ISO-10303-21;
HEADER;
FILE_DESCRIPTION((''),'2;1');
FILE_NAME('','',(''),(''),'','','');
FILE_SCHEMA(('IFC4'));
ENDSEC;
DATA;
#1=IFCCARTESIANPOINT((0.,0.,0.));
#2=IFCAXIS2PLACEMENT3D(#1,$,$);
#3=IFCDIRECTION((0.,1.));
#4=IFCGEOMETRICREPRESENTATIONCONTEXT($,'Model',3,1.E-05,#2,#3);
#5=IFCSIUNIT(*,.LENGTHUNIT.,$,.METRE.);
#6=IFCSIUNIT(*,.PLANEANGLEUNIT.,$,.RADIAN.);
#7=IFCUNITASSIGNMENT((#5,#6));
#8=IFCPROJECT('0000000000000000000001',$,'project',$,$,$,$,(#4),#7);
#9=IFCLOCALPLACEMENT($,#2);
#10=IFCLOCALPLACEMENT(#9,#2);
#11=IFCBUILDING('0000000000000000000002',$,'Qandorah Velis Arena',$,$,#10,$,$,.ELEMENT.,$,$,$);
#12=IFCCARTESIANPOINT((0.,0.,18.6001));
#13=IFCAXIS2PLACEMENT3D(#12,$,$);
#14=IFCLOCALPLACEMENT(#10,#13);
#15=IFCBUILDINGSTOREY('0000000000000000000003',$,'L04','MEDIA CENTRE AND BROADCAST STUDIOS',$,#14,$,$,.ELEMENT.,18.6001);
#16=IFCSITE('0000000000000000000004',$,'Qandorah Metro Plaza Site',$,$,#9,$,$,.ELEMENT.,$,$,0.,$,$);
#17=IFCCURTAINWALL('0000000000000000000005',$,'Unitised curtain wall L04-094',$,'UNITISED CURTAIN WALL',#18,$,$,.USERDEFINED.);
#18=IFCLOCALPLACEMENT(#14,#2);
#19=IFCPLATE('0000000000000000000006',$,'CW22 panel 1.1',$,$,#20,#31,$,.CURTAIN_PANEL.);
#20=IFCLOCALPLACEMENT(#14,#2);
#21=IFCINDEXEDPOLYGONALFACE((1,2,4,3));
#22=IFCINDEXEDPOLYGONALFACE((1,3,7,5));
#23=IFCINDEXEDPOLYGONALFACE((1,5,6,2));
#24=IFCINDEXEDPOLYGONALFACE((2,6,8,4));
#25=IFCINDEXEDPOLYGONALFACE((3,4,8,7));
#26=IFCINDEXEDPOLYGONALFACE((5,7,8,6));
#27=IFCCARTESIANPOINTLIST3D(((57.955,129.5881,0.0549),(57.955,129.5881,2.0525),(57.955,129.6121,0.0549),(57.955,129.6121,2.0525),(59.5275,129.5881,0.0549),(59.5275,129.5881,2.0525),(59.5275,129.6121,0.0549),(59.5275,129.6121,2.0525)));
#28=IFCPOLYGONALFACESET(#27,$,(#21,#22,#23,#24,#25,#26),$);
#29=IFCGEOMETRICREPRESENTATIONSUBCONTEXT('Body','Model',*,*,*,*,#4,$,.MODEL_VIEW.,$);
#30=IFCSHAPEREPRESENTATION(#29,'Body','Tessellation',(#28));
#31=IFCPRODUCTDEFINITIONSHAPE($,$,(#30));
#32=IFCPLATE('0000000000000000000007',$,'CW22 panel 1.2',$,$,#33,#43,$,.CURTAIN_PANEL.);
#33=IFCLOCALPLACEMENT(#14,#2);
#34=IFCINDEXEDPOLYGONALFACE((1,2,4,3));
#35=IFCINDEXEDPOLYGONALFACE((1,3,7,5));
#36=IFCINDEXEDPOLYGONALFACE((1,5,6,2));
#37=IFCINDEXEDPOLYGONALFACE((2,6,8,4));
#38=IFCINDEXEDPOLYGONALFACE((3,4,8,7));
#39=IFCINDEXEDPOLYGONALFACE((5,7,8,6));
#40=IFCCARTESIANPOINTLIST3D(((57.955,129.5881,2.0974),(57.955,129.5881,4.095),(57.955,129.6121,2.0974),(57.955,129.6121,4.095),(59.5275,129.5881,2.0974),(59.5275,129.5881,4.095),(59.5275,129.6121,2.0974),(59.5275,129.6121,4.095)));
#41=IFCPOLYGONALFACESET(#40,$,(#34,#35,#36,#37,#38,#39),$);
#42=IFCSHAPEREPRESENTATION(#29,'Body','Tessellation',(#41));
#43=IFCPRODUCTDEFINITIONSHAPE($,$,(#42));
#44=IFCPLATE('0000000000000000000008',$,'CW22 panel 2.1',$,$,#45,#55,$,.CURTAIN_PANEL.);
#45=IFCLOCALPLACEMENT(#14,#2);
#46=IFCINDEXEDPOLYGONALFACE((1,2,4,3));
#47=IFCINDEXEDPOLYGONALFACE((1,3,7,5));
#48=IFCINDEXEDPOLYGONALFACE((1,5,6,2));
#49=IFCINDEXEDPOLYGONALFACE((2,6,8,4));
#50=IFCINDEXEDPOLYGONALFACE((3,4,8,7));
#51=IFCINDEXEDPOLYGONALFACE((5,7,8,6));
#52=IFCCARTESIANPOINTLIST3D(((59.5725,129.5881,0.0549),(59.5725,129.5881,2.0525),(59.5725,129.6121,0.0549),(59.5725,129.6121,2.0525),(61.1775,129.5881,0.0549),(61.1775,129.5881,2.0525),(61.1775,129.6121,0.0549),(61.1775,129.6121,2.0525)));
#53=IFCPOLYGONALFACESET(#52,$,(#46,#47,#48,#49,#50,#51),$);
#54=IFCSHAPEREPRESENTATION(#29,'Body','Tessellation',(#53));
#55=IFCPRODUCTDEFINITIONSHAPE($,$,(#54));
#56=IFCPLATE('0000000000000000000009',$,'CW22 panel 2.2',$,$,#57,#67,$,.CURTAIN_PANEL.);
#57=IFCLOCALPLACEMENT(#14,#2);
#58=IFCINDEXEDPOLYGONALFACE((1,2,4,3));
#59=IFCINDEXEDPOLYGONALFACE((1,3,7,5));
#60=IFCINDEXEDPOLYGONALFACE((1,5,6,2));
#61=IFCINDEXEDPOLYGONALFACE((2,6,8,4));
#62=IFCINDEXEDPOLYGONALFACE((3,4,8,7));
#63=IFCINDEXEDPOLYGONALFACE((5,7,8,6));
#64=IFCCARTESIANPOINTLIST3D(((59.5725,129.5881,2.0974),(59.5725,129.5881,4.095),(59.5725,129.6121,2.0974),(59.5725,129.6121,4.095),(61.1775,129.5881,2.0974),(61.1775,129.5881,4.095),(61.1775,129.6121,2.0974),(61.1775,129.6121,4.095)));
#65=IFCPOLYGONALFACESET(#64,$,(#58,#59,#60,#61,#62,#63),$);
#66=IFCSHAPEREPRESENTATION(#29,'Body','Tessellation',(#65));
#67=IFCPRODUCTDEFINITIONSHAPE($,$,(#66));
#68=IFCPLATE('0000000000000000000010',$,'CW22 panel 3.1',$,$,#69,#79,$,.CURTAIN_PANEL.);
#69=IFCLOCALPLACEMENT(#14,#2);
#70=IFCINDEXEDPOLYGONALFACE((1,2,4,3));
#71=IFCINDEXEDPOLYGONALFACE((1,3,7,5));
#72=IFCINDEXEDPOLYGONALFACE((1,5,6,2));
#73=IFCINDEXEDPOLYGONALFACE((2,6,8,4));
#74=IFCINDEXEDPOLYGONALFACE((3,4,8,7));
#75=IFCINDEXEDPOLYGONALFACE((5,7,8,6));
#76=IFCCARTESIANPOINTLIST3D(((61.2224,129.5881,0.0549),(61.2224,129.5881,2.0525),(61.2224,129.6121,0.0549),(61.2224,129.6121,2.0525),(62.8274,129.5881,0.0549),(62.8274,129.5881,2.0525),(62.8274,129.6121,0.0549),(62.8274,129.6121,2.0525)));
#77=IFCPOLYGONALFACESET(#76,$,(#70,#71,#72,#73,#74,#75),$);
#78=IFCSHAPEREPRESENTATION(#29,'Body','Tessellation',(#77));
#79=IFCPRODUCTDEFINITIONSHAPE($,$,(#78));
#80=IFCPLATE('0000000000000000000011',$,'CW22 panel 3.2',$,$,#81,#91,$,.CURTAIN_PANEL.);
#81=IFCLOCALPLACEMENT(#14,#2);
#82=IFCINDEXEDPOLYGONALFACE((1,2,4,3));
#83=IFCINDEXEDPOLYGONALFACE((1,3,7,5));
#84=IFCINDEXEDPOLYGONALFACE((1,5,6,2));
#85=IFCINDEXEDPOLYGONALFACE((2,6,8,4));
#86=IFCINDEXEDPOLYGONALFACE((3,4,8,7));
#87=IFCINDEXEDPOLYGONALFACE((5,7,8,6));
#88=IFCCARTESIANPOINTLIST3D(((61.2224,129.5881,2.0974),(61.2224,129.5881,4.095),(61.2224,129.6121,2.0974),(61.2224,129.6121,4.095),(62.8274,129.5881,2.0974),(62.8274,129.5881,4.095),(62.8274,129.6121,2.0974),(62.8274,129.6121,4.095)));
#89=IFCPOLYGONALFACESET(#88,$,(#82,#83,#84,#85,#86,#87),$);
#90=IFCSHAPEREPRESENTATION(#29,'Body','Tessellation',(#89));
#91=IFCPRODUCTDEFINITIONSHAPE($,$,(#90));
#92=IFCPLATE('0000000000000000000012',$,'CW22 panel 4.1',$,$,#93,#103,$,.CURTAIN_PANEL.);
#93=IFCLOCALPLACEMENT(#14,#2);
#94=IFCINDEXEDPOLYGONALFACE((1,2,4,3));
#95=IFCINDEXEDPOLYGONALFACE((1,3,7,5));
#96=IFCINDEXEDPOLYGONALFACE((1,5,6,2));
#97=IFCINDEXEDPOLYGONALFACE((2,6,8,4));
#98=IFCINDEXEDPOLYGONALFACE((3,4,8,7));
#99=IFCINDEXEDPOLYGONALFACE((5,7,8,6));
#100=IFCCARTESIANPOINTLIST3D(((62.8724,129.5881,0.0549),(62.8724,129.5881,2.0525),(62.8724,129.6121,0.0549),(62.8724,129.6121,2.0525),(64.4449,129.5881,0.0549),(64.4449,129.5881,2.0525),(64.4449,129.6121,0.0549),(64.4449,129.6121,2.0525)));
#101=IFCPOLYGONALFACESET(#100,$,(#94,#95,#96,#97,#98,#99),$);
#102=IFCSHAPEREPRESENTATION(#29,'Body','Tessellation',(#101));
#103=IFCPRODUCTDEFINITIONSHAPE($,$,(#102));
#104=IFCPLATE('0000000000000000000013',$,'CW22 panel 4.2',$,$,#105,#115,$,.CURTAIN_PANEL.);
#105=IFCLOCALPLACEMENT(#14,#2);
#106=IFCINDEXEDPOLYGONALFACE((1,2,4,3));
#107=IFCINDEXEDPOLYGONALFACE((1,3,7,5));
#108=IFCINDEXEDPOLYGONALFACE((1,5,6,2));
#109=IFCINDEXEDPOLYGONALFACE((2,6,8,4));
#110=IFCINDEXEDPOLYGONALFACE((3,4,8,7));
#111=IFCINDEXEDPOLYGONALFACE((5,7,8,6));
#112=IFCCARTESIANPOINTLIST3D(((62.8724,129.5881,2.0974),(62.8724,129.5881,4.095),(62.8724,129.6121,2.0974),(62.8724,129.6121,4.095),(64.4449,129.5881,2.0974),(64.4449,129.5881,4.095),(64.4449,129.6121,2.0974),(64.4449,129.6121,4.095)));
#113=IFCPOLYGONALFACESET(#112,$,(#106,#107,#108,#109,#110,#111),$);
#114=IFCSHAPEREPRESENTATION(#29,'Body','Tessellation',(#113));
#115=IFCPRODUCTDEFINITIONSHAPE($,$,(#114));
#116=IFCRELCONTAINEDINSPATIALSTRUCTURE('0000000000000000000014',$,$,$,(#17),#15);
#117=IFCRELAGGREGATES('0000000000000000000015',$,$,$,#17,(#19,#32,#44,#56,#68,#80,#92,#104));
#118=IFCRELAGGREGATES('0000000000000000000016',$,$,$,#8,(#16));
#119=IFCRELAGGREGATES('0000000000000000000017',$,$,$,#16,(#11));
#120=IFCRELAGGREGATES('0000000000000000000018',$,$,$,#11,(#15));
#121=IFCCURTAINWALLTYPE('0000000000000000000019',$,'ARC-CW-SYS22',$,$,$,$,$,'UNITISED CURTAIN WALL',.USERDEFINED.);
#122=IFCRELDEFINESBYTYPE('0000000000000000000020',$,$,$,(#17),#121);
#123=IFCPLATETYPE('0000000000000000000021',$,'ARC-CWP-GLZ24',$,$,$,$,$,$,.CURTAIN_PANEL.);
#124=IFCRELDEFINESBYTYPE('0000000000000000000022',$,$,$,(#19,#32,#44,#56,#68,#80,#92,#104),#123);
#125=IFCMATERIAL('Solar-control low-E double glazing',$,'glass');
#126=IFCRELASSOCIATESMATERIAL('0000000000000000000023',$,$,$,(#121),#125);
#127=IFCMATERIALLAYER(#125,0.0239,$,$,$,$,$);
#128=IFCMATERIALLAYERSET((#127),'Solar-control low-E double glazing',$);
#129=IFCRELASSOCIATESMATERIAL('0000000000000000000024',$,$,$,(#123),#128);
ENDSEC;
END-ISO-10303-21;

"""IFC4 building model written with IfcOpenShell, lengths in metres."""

from ifc_helpers import new_model, si_unit, direction, frame, origin, origin_2d, place, context, subcontext, project, spatial, rectangle, extrude, material, layer, layer_set, type_object, element, aggregate, save


model = new_model("IFC4")

# Units and contexts
model_context = context("Model", 3, precision=1e-05, world=origin(), true_north=direction((0.0, 1.0)))
body_context = subcontext(model_context, "Body", "Model", "MODEL_VIEW")
ifc_project = project(units=[si_unit("LENGTHUNIT", "METRE"), si_unit("PLANEANGLEUNIT", "RADIAN")], contexts=[model_context])

# Site, building, storey
site_placement = place(None, origin())
site = spatial("IfcSite", under=ifc_project, at=site_placement, Name="Qandorah Metro Plaza Site", CompositionType="ELEMENT", RefElevation=0.0)
building_placement = place(site_placement, origin())
building = spatial("IfcBuilding", under=site, at=building_placement, Name="Qandorah Velis Arena", CompositionType="ELEMENT")
storey_placement = place(building_placement, frame((0.0, 0.0, 18.6001)))
storey = spatial("IfcBuildingStorey", under=building, at=storey_placement, Name="L04", Description="MEDIA CENTRE AND BROADCAST STUDIOS", CompositionType="ELEMENT", Elevation=18.6001)

# Shared definitions
ifc_material_1 = material(Name="Solar-control low-E double glazing", Category="glass")

# Curtain wall
curtain_wall_type_1 = type_object("IfcCurtainWallType", Name="ARC-CW-SYS22", ElementType="UNITISED CURTAIN WALL", PredefinedType="USERDEFINED", material=ifc_material_1)
curtain_wall_1_placement = place(storey_placement, origin())
curtain_wall_1 = element("IfcCurtainWall", 1, at=curtain_wall_1_placement, inside=storey, type_object=curtain_wall_type_1, Name="Unitised curtain wall L04-094", ObjectType="UNITISED CURTAIN WALL", PredefinedType="USERDEFINED")

# Plates
ifc_layer = layer(ifc_material_1, 0.0239)
ifc_layer_set = layer_set([ifc_layer], Name="Solar-control low-E double glazing")
plate_type = type_object("IfcPlateType", Name="ARC-CWP-GLZ24", PredefinedType="CURTAIN_PANEL", material=ifc_layer_set)
plate_1_placement = place(storey_placement, frame((58.7412, 129.6001, 0.0549), z_axis=(0.0, 0.0, 1.0), x_axis=(1.0, 0.0, 0.0)))
plate_1 = element("IfcPlate", 2, at=plate_1_placement, type_object=plate_type, Name="CW22 panel 1.1", PredefinedType="CURTAIN_PANEL", context=body_context, shape_type="SweptSolid", body=[
    extrude(rectangle(XDim=1.5725, YDim=0.0239, at=origin_2d()), origin(), (0.0, 0.0, 1.0), 1.9976),
])
plate_2_placement = place(storey_placement, frame((58.7412, 129.6001, 2.0974), z_axis=(0.0, 0.0, 1.0), x_axis=(1.0, 0.0, 0.0)))
plate_2 = element("IfcPlate", 3, at=plate_2_placement, type_object=plate_type, Name="CW22 panel 1.2", PredefinedType="CURTAIN_PANEL", context=body_context, shape_type="SweptSolid", body=[
    extrude(rectangle(XDim=1.5725, YDim=0.0239, at=origin_2d()), origin(), (0.0, 0.0, 1.0), 1.9976),
])
plate_3_placement = place(storey_placement, frame((60.375, 129.6001, 0.0549), z_axis=(0.0, 0.0, 1.0), x_axis=(1.0, 0.0, 0.0)))
plate_3 = element("IfcPlate", 4, at=plate_3_placement, type_object=plate_type, Name="CW22 panel 2.1", PredefinedType="CURTAIN_PANEL", context=body_context, shape_type="SweptSolid", body=[
    extrude(rectangle(XDim=1.605, YDim=0.0239, at=origin_2d()), origin(), (0.0, 0.0, 1.0), 1.9976),
])
plate_4_placement = place(storey_placement, frame((60.375, 129.6001, 2.0974), z_axis=(0.0, 0.0, 1.0), x_axis=(1.0, 0.0, 0.0)))
plate_4 = element("IfcPlate", 5, at=plate_4_placement, type_object=plate_type, Name="CW22 panel 2.2", PredefinedType="CURTAIN_PANEL", context=body_context, shape_type="SweptSolid", body=[
    extrude(rectangle(XDim=1.605, YDim=0.0239, at=origin_2d()), origin(), (0.0, 0.0, 1.0), 1.9976),
])
plate_5_placement = place(storey_placement, frame((62.0249, 129.6001, 0.0549), z_axis=(0.0, 0.0, 1.0), x_axis=(1.0, 0.0, 0.0)))
plate_5 = element("IfcPlate", 6, at=plate_5_placement, type_object=plate_type, Name="CW22 panel 3.1", PredefinedType="CURTAIN_PANEL", context=body_context, shape_type="SweptSolid", body=[
    extrude(rectangle(XDim=1.605, YDim=0.0239, at=origin_2d()), origin(), (0.0, 0.0, 1.0), 1.9976),
])
plate_6_placement = place(storey_placement, frame((62.0249, 129.6001, 2.0974), z_axis=(0.0, 0.0, 1.0), x_axis=(1.0, 0.0, 0.0)))
plate_6 = element("IfcPlate", 7, at=plate_6_placement, type_object=plate_type, Name="CW22 panel 3.2", PredefinedType="CURTAIN_PANEL", context=body_context, shape_type="SweptSolid", body=[
    extrude(rectangle(XDim=1.605, YDim=0.0239, at=origin_2d()), origin(), (0.0, 0.0, 1.0), 1.9976),
])
plate_7_placement = place(storey_placement, frame((63.6587, 129.6001, 0.0549), z_axis=(0.0, 0.0, 1.0), x_axis=(1.0, 0.0, 0.0)))
plate_7 = element("IfcPlate", 8, at=plate_7_placement, type_object=plate_type, Name="CW22 panel 4.1", PredefinedType="CURTAIN_PANEL", context=body_context, shape_type="SweptSolid", body=[
    extrude(rectangle(XDim=1.5725, YDim=0.0239, at=origin_2d()), origin(), (0.0, 0.0, 1.0), 1.9976),
])
plate_8_placement = place(storey_placement, frame((63.6587, 129.6001, 2.0974), z_axis=(0.0, 0.0, 1.0), x_axis=(1.0, 0.0, 0.0)))
plate_8 = element("IfcPlate", 9, at=plate_8_placement, type_object=plate_type, Name="CW22 panel 4.2", PredefinedType="CURTAIN_PANEL", context=body_context, shape_type="SweptSolid", body=[
    extrude(rectangle(XDim=1.5725, YDim=0.0239, at=origin_2d()), origin(), (0.0, 0.0, 1.0), 1.9976),
])
aggregate(curtain_wall_1, [plate_1, plate_2, plate_3, plate_4, plate_5, plate_6, plate_7, plate_8])

save(model, "model.ifc")
